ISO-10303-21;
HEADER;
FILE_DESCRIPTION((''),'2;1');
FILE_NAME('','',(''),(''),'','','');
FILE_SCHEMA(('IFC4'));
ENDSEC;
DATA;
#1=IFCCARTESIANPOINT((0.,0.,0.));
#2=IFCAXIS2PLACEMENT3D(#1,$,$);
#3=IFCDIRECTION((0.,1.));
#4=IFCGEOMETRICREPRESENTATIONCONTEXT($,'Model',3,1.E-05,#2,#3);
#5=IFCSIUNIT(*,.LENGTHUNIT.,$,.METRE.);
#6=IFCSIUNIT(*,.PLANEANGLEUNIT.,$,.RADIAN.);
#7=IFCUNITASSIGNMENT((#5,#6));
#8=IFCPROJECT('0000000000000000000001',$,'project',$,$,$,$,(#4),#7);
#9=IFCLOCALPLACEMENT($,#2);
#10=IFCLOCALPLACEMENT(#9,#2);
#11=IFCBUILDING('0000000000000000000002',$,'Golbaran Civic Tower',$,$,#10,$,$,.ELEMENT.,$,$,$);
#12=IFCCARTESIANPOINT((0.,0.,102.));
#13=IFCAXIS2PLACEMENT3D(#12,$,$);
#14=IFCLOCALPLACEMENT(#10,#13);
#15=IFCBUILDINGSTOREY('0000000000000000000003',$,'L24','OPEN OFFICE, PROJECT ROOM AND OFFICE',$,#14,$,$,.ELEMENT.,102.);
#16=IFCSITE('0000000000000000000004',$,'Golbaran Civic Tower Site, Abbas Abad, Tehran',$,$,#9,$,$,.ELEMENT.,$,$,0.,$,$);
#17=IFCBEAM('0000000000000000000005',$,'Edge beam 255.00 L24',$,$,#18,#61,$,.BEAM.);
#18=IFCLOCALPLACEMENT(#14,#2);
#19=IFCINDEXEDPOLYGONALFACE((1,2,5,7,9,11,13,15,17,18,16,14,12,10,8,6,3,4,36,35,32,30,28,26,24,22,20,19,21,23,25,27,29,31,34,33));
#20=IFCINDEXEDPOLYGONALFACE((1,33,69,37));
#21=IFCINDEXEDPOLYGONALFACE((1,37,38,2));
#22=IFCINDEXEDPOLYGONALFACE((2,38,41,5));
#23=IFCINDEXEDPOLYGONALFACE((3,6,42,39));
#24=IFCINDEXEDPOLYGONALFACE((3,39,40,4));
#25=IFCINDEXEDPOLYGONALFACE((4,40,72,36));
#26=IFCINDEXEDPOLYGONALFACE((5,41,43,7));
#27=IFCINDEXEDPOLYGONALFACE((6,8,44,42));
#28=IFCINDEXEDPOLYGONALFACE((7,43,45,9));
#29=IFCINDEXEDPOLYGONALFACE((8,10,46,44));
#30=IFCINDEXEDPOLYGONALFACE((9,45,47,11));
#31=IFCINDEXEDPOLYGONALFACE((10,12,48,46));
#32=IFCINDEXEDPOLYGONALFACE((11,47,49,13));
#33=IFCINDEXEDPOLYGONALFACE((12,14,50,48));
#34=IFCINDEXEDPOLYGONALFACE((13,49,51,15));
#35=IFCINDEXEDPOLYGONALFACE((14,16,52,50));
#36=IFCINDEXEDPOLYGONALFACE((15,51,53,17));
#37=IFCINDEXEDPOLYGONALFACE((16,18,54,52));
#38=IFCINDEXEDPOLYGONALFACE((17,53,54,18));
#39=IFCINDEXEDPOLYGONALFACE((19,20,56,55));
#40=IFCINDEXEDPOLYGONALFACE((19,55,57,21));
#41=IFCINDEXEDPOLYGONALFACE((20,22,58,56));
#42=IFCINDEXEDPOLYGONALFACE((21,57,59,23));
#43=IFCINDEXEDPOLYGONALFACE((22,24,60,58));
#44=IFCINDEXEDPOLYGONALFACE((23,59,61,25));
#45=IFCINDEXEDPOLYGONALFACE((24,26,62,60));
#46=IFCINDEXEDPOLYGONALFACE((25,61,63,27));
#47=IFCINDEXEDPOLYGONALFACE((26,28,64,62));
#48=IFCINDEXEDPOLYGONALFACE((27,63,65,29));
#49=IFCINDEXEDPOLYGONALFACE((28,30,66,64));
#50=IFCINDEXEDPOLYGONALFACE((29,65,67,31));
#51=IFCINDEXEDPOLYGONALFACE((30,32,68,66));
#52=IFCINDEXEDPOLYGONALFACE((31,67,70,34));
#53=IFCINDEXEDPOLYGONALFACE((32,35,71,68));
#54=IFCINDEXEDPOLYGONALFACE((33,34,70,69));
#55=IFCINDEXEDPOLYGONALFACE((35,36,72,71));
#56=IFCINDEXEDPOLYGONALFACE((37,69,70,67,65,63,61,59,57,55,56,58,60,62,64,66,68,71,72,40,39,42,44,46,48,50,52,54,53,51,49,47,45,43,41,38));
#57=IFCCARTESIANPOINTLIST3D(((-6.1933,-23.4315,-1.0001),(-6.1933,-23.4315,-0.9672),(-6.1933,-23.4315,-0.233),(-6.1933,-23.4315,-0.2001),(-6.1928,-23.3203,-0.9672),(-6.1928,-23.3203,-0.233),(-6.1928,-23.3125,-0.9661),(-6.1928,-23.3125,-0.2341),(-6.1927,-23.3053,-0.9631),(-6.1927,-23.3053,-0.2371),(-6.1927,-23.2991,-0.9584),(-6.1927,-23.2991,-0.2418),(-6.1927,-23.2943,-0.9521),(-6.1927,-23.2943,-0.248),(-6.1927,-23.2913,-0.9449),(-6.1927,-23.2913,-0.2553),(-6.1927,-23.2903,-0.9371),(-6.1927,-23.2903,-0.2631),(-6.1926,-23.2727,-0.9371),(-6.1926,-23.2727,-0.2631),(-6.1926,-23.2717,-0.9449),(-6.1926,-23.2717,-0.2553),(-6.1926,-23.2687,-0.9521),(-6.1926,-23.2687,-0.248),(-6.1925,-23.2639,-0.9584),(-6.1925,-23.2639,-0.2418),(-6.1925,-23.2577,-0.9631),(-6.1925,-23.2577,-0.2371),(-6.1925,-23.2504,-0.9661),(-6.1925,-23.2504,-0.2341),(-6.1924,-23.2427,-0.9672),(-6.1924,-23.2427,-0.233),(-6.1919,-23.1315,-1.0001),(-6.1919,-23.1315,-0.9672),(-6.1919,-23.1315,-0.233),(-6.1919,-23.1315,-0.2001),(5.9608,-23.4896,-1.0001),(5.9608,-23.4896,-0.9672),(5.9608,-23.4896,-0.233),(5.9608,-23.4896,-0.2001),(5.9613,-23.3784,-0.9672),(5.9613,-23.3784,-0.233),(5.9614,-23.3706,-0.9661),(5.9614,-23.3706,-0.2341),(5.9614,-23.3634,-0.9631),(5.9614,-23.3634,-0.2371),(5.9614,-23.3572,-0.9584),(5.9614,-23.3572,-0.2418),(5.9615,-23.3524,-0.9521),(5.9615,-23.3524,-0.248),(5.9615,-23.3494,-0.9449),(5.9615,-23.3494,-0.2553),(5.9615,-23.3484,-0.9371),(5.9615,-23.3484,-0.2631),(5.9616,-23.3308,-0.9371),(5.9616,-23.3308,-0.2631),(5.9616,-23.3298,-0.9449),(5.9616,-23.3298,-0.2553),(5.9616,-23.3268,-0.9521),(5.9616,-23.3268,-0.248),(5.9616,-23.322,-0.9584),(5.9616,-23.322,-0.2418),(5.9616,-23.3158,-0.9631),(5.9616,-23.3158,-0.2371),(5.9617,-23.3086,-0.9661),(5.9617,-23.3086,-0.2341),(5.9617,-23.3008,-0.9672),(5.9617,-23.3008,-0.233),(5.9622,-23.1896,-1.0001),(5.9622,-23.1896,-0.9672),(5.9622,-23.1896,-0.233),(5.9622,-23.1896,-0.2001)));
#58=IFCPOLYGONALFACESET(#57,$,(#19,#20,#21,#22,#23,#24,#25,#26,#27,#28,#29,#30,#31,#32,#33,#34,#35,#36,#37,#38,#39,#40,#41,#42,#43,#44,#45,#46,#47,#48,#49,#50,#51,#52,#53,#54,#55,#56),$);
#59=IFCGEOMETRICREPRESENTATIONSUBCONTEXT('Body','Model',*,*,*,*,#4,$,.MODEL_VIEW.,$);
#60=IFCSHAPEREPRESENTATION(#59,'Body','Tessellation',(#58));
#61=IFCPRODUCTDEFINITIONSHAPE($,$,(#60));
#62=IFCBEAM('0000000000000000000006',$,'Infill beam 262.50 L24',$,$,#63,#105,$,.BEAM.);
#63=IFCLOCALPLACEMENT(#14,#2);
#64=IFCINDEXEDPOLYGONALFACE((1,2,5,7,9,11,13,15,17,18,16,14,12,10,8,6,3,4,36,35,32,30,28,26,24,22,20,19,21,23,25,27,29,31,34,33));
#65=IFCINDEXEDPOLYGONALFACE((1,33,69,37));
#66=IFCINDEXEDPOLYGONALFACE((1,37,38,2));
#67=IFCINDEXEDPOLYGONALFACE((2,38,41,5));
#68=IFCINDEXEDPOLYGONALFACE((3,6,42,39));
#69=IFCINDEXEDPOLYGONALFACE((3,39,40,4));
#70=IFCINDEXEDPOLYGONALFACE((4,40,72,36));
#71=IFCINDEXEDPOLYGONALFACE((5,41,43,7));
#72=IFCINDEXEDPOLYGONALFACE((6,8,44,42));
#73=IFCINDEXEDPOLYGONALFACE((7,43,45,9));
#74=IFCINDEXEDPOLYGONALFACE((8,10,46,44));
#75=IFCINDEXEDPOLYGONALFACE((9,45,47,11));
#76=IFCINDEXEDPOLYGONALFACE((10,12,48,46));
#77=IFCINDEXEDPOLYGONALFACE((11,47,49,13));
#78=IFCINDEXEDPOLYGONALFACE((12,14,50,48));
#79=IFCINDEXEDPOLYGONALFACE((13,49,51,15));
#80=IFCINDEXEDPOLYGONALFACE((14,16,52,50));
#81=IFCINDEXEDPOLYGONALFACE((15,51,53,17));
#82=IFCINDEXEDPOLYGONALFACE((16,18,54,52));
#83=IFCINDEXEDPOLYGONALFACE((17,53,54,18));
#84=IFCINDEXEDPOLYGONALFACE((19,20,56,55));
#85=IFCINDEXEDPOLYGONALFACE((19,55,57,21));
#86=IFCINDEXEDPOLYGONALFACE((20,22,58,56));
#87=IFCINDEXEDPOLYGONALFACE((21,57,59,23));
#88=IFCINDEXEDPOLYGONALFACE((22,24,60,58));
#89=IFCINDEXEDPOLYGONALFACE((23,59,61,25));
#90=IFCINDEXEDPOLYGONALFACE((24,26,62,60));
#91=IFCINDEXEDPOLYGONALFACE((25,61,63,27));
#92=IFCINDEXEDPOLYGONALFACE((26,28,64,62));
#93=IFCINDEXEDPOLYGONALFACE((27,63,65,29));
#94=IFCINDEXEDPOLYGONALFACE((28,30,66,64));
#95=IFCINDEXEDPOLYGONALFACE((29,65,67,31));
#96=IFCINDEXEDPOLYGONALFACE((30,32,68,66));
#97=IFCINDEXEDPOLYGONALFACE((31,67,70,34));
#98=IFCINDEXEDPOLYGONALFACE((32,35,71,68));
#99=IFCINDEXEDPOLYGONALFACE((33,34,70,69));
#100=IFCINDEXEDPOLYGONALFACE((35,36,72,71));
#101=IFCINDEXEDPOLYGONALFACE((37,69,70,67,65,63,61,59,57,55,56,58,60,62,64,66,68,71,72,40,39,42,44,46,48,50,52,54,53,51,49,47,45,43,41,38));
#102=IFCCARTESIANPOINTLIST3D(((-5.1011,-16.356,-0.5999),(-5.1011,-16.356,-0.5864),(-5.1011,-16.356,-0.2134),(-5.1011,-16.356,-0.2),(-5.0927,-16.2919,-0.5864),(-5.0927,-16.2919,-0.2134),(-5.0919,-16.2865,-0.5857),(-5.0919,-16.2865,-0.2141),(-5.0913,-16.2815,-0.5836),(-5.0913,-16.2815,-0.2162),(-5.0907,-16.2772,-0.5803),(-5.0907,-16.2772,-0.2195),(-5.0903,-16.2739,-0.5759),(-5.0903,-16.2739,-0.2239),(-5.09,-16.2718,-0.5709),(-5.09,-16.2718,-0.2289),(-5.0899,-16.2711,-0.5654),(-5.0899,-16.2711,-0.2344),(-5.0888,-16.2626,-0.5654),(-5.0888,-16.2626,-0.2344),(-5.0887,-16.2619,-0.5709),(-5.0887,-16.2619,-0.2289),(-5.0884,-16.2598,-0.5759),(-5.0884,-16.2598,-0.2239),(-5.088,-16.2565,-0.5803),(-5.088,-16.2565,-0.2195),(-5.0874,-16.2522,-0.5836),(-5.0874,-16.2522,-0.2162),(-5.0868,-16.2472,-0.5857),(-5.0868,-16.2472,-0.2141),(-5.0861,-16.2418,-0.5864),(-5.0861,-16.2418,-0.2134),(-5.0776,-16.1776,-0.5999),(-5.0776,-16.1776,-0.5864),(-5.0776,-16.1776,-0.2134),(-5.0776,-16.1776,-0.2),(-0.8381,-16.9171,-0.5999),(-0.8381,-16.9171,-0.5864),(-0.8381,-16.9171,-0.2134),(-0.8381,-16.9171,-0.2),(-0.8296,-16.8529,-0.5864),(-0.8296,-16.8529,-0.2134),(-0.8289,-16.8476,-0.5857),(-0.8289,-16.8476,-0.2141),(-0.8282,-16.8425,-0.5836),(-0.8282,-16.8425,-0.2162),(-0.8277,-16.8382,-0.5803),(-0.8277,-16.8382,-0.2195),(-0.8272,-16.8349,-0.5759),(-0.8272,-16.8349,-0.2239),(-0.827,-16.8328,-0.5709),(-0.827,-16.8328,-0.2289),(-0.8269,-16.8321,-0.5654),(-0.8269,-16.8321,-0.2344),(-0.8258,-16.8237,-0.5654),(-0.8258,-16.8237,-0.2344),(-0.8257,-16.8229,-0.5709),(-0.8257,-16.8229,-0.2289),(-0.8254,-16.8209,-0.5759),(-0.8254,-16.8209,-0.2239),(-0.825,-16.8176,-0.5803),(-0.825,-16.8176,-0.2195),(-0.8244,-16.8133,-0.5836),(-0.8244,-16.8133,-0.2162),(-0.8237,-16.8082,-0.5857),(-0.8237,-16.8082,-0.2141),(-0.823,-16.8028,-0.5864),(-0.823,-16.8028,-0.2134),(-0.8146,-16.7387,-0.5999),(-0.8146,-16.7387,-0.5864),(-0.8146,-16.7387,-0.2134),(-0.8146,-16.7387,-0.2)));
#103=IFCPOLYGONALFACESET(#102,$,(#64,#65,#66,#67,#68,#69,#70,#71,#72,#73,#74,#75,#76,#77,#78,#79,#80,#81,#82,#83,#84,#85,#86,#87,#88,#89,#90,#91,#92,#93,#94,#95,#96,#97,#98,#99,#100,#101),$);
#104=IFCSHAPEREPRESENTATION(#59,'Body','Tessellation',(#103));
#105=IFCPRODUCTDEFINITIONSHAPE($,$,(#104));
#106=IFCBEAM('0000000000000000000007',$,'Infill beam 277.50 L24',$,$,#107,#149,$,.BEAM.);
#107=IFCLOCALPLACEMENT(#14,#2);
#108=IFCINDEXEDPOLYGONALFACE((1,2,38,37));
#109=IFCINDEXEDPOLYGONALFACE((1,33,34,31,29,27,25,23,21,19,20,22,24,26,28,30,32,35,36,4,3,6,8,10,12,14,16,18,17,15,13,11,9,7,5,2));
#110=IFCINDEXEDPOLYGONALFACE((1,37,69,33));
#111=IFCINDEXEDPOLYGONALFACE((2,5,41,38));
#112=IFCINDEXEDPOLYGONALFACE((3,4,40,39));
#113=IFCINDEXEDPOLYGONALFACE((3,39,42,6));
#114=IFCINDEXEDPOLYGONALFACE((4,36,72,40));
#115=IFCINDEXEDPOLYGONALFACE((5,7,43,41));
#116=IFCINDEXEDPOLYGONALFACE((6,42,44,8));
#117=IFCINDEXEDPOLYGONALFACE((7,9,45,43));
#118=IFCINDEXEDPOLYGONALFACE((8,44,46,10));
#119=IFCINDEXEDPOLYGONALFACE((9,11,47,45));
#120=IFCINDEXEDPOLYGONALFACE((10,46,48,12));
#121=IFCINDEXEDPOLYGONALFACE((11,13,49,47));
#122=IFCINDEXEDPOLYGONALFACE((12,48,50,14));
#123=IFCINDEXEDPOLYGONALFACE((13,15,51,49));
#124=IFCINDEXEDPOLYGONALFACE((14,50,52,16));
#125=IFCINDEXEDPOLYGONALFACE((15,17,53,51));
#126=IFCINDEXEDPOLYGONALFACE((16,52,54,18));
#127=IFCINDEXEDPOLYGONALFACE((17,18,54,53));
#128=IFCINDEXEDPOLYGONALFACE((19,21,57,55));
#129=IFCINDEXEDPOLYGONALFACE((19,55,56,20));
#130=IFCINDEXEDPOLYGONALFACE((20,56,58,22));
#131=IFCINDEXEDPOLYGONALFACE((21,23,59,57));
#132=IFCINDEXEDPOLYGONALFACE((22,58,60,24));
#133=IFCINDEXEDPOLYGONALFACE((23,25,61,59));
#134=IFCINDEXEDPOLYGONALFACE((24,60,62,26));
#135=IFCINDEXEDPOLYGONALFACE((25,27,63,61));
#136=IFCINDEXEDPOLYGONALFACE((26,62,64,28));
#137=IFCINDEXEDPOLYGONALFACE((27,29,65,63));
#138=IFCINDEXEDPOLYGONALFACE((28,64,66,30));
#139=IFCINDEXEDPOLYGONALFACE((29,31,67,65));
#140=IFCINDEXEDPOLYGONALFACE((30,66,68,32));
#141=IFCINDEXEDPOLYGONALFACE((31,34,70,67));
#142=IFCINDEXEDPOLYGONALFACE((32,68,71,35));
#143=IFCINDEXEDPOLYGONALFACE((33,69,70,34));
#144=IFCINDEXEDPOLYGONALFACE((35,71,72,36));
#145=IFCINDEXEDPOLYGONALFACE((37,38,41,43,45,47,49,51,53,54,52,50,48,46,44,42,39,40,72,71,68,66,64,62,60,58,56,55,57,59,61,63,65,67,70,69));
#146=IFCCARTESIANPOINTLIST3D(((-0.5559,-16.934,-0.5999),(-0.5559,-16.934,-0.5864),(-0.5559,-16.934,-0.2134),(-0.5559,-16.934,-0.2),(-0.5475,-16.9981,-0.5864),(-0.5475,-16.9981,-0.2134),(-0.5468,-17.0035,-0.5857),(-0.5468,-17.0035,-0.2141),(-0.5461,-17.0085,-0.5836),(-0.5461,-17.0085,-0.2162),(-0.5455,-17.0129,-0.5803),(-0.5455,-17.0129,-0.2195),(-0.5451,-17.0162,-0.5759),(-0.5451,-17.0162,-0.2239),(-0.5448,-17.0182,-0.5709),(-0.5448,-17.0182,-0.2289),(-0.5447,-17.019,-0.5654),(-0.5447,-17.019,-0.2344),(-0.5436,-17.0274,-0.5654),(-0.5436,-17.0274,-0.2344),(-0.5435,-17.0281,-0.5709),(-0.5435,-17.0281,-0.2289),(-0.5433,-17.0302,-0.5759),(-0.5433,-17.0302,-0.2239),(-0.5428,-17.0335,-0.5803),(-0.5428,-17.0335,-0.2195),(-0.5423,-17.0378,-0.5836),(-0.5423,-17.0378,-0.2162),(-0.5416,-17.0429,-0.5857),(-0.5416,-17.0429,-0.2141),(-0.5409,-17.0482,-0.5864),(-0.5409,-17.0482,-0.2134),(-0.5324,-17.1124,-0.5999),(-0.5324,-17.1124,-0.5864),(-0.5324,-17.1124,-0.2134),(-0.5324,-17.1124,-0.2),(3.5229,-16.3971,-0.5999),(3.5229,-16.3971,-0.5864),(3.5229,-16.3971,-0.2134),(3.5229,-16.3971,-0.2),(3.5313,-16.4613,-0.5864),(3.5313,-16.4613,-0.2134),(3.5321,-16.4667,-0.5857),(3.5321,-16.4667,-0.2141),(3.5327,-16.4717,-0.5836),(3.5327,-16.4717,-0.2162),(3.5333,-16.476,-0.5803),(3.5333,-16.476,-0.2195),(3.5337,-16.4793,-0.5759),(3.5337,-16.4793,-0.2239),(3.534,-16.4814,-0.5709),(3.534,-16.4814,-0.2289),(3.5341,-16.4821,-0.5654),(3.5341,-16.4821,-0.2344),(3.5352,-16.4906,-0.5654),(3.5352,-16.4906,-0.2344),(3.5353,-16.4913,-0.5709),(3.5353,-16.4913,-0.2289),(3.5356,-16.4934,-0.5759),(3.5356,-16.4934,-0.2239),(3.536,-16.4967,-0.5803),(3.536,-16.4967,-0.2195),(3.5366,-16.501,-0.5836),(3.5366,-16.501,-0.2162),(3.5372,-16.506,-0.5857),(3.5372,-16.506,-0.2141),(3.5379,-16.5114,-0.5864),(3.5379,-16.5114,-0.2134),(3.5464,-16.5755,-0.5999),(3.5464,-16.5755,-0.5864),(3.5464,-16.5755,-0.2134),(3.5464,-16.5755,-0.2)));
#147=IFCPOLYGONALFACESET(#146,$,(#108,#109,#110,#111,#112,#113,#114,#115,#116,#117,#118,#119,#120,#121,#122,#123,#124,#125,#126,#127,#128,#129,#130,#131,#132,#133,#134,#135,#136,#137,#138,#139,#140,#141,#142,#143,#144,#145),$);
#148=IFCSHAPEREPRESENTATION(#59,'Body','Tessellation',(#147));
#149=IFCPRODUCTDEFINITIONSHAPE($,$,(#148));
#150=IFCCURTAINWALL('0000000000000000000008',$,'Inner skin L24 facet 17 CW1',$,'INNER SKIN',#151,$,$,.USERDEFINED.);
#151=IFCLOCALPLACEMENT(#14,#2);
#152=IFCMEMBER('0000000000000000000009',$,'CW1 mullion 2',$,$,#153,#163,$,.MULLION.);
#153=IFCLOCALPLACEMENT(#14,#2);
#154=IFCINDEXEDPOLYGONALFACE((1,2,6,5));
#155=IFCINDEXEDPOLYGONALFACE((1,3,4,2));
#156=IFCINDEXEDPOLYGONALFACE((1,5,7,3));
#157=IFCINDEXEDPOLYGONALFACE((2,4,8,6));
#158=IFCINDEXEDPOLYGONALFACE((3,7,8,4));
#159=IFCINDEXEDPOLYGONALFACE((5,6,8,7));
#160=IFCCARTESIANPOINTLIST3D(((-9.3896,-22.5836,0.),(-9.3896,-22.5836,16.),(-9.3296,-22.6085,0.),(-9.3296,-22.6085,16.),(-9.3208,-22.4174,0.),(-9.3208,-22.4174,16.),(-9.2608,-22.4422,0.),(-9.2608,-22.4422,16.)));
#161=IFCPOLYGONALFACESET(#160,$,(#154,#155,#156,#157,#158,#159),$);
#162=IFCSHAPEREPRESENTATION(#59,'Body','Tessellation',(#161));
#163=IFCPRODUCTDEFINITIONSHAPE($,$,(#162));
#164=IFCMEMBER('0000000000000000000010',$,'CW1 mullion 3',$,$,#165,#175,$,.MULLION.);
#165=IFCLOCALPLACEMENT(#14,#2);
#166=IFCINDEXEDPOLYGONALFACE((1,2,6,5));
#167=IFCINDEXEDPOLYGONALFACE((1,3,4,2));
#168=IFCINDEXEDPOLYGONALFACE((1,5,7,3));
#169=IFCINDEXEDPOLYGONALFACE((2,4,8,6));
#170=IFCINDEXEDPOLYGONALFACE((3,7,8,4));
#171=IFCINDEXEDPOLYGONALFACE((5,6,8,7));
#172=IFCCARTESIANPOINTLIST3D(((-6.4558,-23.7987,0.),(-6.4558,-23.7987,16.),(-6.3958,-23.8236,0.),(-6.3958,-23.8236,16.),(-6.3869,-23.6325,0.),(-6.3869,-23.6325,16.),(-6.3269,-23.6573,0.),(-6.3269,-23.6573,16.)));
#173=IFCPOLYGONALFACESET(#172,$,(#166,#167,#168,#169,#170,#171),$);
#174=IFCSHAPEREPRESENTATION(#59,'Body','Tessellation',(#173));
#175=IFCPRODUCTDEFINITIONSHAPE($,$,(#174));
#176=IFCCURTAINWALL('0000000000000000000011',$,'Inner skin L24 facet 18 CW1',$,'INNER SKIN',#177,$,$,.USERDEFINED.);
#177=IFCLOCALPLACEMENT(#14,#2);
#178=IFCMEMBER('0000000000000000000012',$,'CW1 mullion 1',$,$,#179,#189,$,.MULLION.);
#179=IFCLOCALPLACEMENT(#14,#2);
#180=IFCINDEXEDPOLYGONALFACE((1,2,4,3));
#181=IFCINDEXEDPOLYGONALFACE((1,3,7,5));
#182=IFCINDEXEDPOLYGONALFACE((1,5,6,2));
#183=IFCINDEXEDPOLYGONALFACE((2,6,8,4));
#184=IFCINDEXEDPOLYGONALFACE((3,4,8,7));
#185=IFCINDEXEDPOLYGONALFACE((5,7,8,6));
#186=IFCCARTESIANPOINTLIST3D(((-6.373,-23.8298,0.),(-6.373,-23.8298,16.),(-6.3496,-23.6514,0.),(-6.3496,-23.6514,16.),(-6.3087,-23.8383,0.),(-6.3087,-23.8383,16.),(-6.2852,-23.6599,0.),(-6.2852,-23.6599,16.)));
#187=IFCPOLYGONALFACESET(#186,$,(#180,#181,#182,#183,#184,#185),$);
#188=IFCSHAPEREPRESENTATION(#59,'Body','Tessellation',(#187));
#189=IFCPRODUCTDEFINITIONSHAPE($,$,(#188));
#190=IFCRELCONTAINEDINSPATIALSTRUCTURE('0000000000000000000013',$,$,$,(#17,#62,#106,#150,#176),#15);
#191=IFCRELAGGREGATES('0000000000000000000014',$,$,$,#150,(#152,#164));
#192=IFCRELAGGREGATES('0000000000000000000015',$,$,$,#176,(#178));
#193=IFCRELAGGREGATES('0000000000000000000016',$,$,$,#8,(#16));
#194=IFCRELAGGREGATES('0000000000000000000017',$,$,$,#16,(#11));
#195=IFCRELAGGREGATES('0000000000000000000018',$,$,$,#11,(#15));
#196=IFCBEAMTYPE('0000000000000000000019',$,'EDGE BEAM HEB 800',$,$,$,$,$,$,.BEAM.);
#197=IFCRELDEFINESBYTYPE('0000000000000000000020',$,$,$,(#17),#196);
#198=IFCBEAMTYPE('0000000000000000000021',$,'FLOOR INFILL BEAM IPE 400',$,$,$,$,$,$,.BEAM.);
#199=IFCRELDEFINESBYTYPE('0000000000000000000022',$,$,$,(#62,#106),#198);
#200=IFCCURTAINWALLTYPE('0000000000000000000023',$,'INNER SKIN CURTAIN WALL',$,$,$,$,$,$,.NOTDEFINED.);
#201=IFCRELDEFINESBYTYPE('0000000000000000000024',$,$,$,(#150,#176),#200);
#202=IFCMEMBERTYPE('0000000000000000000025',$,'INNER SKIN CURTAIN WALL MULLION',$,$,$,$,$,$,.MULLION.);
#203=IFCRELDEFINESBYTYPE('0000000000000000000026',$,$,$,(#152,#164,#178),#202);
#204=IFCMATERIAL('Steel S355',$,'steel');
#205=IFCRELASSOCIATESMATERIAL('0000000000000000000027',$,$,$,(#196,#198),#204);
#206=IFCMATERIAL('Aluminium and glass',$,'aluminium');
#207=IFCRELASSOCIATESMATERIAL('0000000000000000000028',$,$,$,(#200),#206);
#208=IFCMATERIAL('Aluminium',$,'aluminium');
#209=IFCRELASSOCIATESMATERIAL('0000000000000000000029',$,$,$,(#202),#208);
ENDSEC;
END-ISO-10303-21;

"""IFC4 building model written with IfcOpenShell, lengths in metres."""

from ifc_helpers import new_model, si_unit, direction, frame, origin, origin_2d, place, context, subcontext, project, spatial, rectangle, i_section, extrude, material, material_profile, profile_set, type_object, element, aggregate, save


model = new_model("IFC4")

# Units and contexts
model_context = context("Model", 3, precision=1e-05, world=origin(), true_north=direction((0.0, 1.0)))
body_context = subcontext(model_context, "Body", "Model", "MODEL_VIEW")
ifc_project = project(units=[si_unit("LENGTHUNIT", "METRE"), si_unit("PLANEANGLEUNIT", "RADIAN")], contexts=[model_context])

# Site, building, storey
site_placement = place(None, origin())
site = spatial("IfcSite", under=ifc_project, at=site_placement, Name="Golbaran Civic Tower Site, Abbas Abad, Tehran", CompositionType="ELEMENT", RefElevation=0.0)
building_placement = place(site_placement, origin())
building = spatial("IfcBuilding", under=site, at=building_placement, Name="Golbaran Civic Tower", CompositionType="ELEMENT")
storey_placement = place(building_placement, frame((0.0, 0.0, 102.0)))
storey = spatial("IfcBuildingStorey", under=building, at=storey_placement, Name="L24", Description="OPEN OFFICE, PROJECT ROOM AND OFFICE", CompositionType="ELEMENT", Elevation=102.0)

# Beams
ifc_material_1 = material(Name="Steel S355", Category="steel")
ifc_material_profile_1 = material_profile(ifc_material_1, i_section(OverallWidth=0.3, OverallDepth=0.8, WebThickness=0.0176, FlangeThickness=0.033, FilletRadius=0.03, at=origin_2d()), Name="HEB 800")
ifc_profile_set_1 = profile_set([ifc_material_profile_1], Name="Steel S355")
beam_type_1 = type_object("IfcBeamType", Name="EDGE BEAM HEB 800", PredefinedType="BEAM", material=ifc_profile_set_1)
beam_1_placement = place(storey_placement, frame((-6.1926, -23.2815, -0.6001), z_axis=(0.999989, -0.004781, 0.0), x_axis=(0.004781, 0.999989, 0.0)))
element("IfcBeam", 1, at=beam_1_placement, inside=storey, type_object=beam_type_1, Name="Edge beam 255.00 L24", PredefinedType="BEAM", context=body_context, shape_type="SweptSolid", body=[
    extrude(i_section(OverallWidth=0.3, OverallDepth=0.8, WebThickness=0.0176, FlangeThickness=0.033, FilletRadius=0.03, at=origin_2d()), origin(), (0.0, 0.0, 1.0), 12.1543),
])
ifc_material_profile_2 = material_profile(ifc_material_1, i_section(OverallWidth=0.1799, OverallDepth=0.3999, WebThickness=0.0085, FlangeThickness=0.0134, FilletRadius=0.021, at=origin_2d()), Name="IPE 400")
ifc_profile_set_2 = profile_set([ifc_material_profile_2], Name="Steel S355")
beam_type_2 = type_object("IfcBeamType", Name="FLOOR INFILL BEAM IPE 400", PredefinedType="BEAM", material=ifc_profile_set_2)
beam_2_placement = place(storey_placement, frame((-5.0894, -16.2668, -0.3999), z_axis=(0.991451, -0.130482, 0.0), x_axis=(0.130482, 0.991451, 0.0)))
element("IfcBeam", 2, at=beam_2_placement, inside=storey, type_object=beam_type_2, Name="Infill beam 262.50 L24", PredefinedType="BEAM", context=body_context, shape_type="SweptSolid", body=[
    extrude(i_section(OverallWidth=0.1799, OverallDepth=0.3999, WebThickness=0.0085, FlangeThickness=0.0134, FilletRadius=0.021, at=origin_2d()), origin(), (0.0, 0.0, 1.0), 4.2998),
])
beam_3_placement = place(storey_placement, frame((-0.5442, -17.0232, -0.3999), z_axis=(0.991449, 0.130496, 0.0), x_axis=(-0.130496, 0.991449, 0.0)))
element("IfcBeam", 3, at=beam_3_placement, inside=storey, type_object=beam_type_2, Name="Infill beam 277.50 L24", PredefinedType="BEAM", context=body_context, shape_type="SweptSolid", body=[
    extrude(i_section(OverallWidth=0.1799, OverallDepth=0.3999, WebThickness=0.0085, FlangeThickness=0.0134, FilletRadius=0.021, at=origin_2d()), origin(), (0.0, 0.0, 1.0), 4.114),
])

# Curtain wall, members
ifc_material_2 = material(Name="Aluminium and glass", Category="aluminium")
curtain_wall_type = type_object("IfcCurtainWallType", Name="INNER SKIN CURTAIN WALL", PredefinedType="NOTDEFINED", material=ifc_material_2)
curtain_wall_1_placement = place(storey_placement, origin())
curtain_wall_1 = element("IfcCurtainWall", 4, at=curtain_wall_1_placement, inside=storey, type_object=curtain_wall_type, Name="Inner skin L24 facet 17 CW1", ObjectType="INNER SKIN", PredefinedType="USERDEFINED")
ifc_material_3 = material(Name="Aluminium", Category="aluminium")
ifc_material_profile_3 = material_profile(ifc_material_3, rectangle(XDim=0.1799, YDim=0.0649, at=origin_2d()), Name="INNER SKIN CURTAIN WALL MULLION")
ifc_profile_set_3 = profile_set([ifc_material_profile_3], Name="Aluminium")
member_type_1 = type_object("IfcMemberType", Name="INNER SKIN CURTAIN WALL MULLION", PredefinedType="MULLION", material=ifc_profile_set_3)
member_1_placement = place(storey_placement, frame((-9.3252, -22.5129, 0.0), z_axis=(0.0, 0.0, 1.0), x_axis=(0.382683, 0.92388, 0.0)))
member_1 = element("IfcMember", 5, at=member_1_placement, type_object=member_type_1, Name="CW1 mullion 2", PredefinedType="MULLION", context=body_context, shape_type="SweptSolid", body=[
    extrude(rectangle(XDim=0.1799, YDim=0.0649, at=origin_2d()), origin(), (0.0, 0.0, 1.0), 16.0),
])
member_2_placement = place(storey_placement, frame((-6.3914, -23.728, 0.0), z_axis=(0.0, 0.0, 1.0), x_axis=(0.382683, 0.92388, 0.0)))
member_2 = element("IfcMember", 6, at=member_2_placement, type_object=member_type_1, Name="CW1 mullion 3", PredefinedType="MULLION", context=body_context, shape_type="SweptSolid", body=[
    extrude(rectangle(XDim=0.1799, YDim=0.0649, at=origin_2d()), origin(), (0.0, 0.0, 1.0), 16.0),
])

# Curtain wall, member
curtain_wall_2_placement = place(storey_placement, origin())
curtain_wall_2 = element("IfcCurtainWall", 7, at=curtain_wall_2_placement, inside=storey, type_object=curtain_wall_type, Name="Inner skin L24 facet 18 CW1", ObjectType="INNER SKIN", PredefinedType="USERDEFINED")
member_3_placement = place(storey_placement, frame((-6.3291, -23.7449, 0.0), z_axis=(0.0, 0.0, 1.0), x_axis=(0.130526, 0.991445, 0.0)))
member_3 = element("IfcMember", 8, at=member_3_placement, type_object=member_type_1, Name="CW1 mullion 1", PredefinedType="MULLION", context=body_context, shape_type="SweptSolid", body=[
    extrude(rectangle(XDim=0.1799, YDim=0.0649, at=origin_2d()), origin(), (0.0, 0.0, 1.0), 16.0),
])

aggregate(curtain_wall_1, [member_1, member_2])
aggregate(curtain_wall_2, [member_3])

save(model, "model.ifc")
